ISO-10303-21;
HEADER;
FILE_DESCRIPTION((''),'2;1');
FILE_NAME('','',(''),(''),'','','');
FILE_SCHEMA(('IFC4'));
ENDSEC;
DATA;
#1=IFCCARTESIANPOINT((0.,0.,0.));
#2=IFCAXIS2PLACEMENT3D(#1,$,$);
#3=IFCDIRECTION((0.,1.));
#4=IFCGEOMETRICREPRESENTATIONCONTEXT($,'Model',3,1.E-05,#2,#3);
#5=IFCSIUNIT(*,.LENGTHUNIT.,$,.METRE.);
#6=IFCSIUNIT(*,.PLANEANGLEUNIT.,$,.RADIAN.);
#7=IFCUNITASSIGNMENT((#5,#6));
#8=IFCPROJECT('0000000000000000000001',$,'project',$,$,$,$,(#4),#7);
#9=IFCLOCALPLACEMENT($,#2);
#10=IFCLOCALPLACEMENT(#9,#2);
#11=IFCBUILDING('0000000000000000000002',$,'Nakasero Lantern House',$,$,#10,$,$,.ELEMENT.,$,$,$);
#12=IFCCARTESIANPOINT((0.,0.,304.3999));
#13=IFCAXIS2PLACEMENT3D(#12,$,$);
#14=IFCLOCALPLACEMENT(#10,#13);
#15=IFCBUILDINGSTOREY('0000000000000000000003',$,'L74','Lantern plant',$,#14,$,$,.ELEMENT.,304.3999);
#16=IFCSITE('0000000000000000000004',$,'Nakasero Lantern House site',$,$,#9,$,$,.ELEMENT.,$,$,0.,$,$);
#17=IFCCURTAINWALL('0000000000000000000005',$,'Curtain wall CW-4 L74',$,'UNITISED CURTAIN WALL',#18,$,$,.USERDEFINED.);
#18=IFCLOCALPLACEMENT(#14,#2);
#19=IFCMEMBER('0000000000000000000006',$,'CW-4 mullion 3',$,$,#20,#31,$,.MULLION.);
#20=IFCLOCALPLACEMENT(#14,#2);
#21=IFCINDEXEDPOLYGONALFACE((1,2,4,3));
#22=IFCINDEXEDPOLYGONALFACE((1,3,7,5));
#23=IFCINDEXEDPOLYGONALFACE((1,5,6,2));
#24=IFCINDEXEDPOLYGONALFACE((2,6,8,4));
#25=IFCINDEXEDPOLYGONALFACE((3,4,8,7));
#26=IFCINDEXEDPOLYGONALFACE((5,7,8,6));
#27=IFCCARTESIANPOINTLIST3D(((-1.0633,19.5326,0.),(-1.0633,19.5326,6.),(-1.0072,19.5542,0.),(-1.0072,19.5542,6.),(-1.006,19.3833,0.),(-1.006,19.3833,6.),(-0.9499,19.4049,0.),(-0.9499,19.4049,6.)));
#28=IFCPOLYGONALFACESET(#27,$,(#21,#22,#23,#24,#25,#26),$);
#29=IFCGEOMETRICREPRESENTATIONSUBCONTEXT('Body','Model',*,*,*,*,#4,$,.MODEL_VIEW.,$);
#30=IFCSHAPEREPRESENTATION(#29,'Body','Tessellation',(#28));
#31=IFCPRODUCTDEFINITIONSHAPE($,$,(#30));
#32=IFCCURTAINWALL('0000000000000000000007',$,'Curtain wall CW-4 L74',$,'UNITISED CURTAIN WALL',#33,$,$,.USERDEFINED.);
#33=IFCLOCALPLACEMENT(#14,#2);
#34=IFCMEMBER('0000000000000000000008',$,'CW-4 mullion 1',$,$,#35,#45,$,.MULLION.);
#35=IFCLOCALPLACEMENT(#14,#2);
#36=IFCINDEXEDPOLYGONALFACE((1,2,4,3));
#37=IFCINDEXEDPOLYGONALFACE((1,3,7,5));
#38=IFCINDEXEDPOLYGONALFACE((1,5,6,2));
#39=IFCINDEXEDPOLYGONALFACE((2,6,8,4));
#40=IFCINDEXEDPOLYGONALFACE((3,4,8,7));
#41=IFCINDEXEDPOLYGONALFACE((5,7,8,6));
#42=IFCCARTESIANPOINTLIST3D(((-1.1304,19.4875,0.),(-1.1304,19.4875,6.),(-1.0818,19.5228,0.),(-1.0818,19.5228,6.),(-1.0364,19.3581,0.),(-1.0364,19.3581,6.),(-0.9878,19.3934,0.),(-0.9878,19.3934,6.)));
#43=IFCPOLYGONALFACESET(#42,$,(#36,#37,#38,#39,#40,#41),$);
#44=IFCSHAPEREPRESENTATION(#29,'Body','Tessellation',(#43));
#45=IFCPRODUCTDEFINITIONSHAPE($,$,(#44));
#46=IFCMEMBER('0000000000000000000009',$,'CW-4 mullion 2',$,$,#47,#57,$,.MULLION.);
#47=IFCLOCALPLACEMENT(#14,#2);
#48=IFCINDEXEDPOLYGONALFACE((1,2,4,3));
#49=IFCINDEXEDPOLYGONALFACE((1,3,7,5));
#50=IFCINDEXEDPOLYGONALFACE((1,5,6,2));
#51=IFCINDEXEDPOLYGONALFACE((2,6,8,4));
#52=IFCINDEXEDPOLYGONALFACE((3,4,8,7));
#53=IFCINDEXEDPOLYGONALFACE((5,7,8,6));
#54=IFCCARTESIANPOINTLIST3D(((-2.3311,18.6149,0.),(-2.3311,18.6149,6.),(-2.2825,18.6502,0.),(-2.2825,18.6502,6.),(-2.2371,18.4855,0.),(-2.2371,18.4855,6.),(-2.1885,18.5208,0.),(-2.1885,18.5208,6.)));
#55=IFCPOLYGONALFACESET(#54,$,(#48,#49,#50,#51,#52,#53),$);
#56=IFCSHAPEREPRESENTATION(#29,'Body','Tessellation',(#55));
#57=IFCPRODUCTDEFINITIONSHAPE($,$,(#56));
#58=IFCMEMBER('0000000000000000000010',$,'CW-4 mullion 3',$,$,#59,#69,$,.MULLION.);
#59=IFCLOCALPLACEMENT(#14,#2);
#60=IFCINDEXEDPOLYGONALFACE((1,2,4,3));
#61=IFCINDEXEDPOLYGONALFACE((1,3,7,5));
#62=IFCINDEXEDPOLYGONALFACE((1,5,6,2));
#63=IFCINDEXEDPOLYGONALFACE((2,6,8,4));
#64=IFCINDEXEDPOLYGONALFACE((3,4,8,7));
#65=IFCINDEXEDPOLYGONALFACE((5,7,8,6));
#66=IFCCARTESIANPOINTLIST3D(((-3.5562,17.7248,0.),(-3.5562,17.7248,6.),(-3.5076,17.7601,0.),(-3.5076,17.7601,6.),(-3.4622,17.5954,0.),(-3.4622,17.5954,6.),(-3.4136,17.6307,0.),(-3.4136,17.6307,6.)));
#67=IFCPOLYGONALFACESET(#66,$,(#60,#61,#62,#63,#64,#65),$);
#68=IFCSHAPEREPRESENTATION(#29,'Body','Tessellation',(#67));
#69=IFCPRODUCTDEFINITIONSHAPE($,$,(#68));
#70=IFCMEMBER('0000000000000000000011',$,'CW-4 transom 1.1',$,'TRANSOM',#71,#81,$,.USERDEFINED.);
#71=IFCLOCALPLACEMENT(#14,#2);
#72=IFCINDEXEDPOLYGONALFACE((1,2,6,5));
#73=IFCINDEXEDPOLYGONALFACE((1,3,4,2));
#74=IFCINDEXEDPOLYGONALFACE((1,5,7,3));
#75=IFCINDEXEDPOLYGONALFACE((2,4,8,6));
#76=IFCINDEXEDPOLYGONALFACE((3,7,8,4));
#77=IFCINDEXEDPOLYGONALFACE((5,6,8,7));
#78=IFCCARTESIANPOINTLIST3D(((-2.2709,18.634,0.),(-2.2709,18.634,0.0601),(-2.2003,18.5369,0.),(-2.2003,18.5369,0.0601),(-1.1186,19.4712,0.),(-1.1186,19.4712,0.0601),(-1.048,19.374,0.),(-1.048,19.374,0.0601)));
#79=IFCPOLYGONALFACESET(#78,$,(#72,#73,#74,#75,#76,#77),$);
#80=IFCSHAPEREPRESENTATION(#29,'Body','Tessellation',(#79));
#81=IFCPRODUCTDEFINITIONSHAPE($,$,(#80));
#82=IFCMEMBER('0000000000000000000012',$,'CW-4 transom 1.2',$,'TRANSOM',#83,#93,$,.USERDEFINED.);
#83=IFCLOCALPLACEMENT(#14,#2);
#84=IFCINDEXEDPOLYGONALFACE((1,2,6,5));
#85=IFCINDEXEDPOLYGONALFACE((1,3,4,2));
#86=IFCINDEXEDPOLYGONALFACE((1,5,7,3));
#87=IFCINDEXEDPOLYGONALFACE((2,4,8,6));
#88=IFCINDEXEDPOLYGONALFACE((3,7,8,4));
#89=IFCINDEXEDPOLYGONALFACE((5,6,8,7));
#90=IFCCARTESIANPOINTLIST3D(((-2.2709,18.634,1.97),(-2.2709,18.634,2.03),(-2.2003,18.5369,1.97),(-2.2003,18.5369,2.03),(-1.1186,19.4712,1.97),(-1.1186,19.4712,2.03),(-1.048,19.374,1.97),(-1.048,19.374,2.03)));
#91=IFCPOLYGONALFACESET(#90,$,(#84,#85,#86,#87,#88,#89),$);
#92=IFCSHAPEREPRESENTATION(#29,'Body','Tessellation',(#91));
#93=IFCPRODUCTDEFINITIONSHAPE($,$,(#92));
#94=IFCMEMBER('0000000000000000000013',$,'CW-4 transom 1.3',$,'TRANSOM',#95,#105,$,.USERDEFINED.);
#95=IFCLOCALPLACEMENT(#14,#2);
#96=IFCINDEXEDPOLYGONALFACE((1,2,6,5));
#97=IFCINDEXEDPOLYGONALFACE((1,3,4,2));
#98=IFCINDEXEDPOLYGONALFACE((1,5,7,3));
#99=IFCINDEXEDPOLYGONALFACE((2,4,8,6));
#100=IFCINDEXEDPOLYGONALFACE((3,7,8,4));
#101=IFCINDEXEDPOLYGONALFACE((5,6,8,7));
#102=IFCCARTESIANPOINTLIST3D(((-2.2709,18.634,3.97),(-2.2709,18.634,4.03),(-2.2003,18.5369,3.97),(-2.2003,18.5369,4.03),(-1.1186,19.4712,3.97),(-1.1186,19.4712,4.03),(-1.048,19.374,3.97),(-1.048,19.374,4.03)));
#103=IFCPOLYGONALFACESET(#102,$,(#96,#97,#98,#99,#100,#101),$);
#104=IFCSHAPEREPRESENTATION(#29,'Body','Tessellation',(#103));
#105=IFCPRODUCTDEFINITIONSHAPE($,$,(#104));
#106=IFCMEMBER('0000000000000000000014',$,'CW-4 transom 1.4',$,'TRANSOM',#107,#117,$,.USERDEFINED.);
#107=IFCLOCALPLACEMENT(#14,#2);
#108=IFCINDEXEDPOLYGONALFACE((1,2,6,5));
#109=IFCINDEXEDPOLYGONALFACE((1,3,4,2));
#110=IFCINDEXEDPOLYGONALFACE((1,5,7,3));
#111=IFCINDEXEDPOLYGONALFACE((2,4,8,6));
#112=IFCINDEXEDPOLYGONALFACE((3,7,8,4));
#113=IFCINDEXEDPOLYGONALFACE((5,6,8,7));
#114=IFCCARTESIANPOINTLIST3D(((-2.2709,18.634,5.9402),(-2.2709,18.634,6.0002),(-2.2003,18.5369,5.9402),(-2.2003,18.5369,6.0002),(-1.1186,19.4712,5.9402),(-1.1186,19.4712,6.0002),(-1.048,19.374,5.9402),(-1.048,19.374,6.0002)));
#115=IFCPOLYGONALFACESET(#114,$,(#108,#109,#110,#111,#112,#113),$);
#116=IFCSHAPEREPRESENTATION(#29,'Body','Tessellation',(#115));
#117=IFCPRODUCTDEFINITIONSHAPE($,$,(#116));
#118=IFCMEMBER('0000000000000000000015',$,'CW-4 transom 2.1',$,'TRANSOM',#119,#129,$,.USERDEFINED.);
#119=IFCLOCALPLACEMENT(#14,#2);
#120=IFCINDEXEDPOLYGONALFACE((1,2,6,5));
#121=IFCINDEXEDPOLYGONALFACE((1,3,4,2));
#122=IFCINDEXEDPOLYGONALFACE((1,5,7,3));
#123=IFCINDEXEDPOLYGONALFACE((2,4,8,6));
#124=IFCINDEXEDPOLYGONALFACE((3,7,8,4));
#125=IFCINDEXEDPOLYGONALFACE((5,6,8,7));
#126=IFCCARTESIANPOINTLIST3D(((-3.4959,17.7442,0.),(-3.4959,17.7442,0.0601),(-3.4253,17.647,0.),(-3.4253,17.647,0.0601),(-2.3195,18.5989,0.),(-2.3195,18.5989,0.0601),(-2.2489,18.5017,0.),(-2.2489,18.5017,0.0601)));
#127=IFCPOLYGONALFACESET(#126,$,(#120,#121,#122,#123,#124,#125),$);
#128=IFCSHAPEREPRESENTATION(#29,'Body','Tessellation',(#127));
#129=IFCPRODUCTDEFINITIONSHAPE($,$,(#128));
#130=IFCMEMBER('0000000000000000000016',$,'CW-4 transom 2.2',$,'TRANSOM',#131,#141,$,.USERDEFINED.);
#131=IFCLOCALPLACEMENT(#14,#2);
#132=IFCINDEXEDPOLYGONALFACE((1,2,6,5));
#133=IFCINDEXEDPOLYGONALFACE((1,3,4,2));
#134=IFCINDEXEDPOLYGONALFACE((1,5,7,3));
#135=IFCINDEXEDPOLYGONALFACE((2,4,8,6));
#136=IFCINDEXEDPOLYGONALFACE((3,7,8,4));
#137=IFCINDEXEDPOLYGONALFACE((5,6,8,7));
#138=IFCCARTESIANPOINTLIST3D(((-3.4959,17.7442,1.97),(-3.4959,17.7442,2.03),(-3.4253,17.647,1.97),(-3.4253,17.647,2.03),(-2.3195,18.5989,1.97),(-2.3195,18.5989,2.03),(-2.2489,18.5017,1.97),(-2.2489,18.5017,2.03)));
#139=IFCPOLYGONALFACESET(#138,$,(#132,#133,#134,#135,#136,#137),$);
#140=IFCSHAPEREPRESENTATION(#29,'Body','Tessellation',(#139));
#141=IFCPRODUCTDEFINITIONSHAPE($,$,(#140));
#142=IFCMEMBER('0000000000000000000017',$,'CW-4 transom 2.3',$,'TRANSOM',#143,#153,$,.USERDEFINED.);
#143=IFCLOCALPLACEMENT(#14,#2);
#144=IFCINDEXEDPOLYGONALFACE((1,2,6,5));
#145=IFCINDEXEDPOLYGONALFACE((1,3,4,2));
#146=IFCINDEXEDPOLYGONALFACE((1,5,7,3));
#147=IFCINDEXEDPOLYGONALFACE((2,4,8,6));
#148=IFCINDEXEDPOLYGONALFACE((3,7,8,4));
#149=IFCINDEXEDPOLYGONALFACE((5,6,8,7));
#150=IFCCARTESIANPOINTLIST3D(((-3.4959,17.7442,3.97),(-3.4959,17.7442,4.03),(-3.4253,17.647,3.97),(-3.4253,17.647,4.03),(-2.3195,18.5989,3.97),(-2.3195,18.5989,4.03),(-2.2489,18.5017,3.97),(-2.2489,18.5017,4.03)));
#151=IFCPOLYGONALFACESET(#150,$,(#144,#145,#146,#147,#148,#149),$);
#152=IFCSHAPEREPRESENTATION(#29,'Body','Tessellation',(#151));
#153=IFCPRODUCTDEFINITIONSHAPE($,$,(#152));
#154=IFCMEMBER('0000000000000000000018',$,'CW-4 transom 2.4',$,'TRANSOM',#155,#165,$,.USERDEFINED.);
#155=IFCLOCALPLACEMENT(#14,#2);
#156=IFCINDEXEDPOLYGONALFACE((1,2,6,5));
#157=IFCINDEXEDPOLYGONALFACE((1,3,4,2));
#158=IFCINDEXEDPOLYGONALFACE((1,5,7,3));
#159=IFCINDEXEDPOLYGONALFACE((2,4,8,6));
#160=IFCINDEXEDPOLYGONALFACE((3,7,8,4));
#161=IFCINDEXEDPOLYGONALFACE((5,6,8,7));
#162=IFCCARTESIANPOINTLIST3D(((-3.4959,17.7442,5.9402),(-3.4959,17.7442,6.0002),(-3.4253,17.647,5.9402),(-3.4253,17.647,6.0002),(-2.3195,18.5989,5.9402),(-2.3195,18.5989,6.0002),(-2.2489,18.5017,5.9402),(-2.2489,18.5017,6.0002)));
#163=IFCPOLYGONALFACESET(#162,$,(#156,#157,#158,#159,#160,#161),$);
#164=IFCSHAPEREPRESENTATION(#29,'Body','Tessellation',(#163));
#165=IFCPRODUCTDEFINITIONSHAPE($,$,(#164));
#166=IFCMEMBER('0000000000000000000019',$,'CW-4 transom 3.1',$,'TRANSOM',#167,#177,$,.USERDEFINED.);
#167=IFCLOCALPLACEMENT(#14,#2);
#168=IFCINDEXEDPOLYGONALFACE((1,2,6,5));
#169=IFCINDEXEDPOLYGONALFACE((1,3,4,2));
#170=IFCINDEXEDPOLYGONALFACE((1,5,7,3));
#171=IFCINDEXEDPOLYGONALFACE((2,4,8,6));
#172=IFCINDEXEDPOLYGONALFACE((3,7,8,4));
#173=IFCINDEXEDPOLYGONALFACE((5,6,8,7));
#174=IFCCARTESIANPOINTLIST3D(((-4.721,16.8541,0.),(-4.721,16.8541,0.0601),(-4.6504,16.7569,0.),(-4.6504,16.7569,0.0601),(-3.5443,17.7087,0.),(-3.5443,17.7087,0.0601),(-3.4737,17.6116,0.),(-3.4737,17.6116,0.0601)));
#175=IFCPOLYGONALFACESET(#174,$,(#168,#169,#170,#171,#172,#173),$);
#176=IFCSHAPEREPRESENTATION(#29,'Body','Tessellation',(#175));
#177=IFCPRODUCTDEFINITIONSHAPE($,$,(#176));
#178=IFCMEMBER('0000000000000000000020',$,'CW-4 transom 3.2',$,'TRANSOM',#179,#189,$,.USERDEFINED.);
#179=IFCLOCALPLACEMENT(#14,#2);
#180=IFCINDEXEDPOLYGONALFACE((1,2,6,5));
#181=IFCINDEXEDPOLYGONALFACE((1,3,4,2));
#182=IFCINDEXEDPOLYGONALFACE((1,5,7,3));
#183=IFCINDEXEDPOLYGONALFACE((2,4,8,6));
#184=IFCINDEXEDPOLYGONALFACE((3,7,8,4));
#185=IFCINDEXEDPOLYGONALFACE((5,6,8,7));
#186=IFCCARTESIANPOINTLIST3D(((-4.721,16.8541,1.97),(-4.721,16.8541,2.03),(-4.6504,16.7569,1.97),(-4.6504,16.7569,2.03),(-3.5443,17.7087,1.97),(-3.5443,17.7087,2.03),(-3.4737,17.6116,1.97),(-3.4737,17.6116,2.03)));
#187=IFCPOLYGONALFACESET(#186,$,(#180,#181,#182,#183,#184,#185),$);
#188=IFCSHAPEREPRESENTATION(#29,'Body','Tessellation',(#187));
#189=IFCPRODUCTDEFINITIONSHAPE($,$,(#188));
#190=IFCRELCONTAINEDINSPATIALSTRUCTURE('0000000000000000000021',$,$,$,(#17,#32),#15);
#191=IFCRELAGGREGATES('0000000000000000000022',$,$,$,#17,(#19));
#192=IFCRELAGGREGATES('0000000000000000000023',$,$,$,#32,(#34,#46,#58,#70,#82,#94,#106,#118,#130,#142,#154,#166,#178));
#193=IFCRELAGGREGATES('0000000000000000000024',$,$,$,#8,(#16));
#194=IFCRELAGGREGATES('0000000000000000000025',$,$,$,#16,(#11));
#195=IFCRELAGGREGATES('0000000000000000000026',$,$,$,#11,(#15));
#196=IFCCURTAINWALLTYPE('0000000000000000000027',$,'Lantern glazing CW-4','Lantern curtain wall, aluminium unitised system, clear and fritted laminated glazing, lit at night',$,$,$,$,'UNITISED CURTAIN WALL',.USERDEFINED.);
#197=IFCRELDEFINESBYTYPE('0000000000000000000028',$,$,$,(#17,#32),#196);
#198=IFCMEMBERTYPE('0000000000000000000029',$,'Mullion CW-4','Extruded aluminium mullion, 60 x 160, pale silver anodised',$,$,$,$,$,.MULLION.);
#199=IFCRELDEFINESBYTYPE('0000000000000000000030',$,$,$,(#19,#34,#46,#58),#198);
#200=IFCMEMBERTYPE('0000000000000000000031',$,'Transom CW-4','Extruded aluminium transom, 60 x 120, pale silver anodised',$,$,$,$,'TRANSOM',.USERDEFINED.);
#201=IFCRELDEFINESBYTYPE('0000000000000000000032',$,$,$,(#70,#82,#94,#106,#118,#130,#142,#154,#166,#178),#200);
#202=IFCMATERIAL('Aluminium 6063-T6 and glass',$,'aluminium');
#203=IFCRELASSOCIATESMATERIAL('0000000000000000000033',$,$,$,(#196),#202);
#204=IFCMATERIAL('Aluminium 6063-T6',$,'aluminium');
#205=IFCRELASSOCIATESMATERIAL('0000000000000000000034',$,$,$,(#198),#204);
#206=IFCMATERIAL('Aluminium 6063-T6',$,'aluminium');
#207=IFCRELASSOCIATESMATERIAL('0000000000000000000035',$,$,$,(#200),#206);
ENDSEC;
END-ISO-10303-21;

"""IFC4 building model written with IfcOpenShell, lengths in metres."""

from ifc_helpers import new_model, si_unit, direction, frame, origin, origin_2d, place, context, subcontext, project, spatial, rectangle, extrude, material, material_profile, profile_set, type_object, element, aggregate, save


model = new_model("IFC4")

# Units and contexts
model_context = context("Model", 3, precision=1e-05, world=origin(), true_north=direction((0.0, 1.0)))
body_context = subcontext(model_context, "Body", "Model", "MODEL_VIEW")
ifc_project = project(units=[si_unit("LENGTHUNIT", "METRE"), si_unit("PLANEANGLEUNIT", "RADIAN")], contexts=[model_context])

# Site, building, storey
site_placement = place(None, origin())
site = spatial("IfcSite", under=ifc_project, at=site_placement, Name="Nakasero Lantern House site", CompositionType="ELEMENT", RefElevation=0.0)
building_placement = place(site_placement, origin())
building = spatial("IfcBuilding", under=site, at=building_placement, Name="Nakasero Lantern House", CompositionType="ELEMENT")
storey_placement = place(building_placement, frame((0.0, 0.0, 304.3999)))
storey = spatial("IfcBuildingStorey", under=building, at=storey_placement, Name="L74", Description="Lantern plant", CompositionType="ELEMENT", Elevation=304.3999)

# Curtain wall, member
ifc_material_1 = material(Name="Aluminium 6063-T6 and glass", Category="aluminium")
curtain_wall_type = type_object("IfcCurtainWallType", Name="Lantern glazing CW-4", Description="Lantern curtain wall, aluminium unitised system, clear and fritted laminated glazing, lit at night", ElementType="UNITISED CURTAIN WALL", PredefinedType="USERDEFINED", material=ifc_material_1)
curtain_wall_1_placement = place(storey_placement, origin())
curtain_wall_1 = element("IfcCurtainWall", 1, at=curtain_wall_1_placement, inside=storey, type_object=curtain_wall_type, Name="Curtain wall CW-4 L74", ObjectType="UNITISED CURTAIN WALL", PredefinedType="USERDEFINED")
ifc_material_2 = material(Name="Aluminium 6063-T6", Category="aluminium")
ifc_material_profile_1 = material_profile(ifc_material_2, rectangle(XDim=0.0601, YDim=0.1599, at=origin_2d()), Name="CW-4 mullion 60x160")
ifc_profile_set_1 = profile_set([ifc_material_profile_1], Name="Aluminium 6063-T6")
member_type_1 = type_object("IfcMemberType", Name="Mullion CW-4", Description="Extruded aluminium mullion, 60 x 160, pale silver anodised", PredefinedType="MULLION", material=ifc_profile_set_1)
member_1_placement = place(storey_placement, frame((-1.0066, 19.4688, 0.0), z_axis=(0.0, 0.0, 1.0), x_axis=(-0.93358, -0.358368, 0.0)))
member_1 = element("IfcMember", 2, at=member_1_placement, type_object=member_type_1, Name="CW-4 mullion 3", PredefinedType="MULLION", context=body_context, shape_type="SweptSolid", body=[
    extrude(rectangle(XDim=0.0601, YDim=0.1599, at=origin_2d()), origin(), (0.0, 0.0, 1.0), 6.0),
])

# Curtain wall, members
curtain_wall_2_placement = place(storey_placement, origin())
curtain_wall_2 = element("IfcCurtainWall", 3, at=curtain_wall_2_placement, inside=storey, type_object=curtain_wall_type, Name="Curtain wall CW-4 L74", ObjectType="UNITISED CURTAIN WALL", PredefinedType="USERDEFINED")
member_2_placement = place(storey_placement, frame((-1.0591, 19.4404, 0.0), z_axis=(0.0, 0.0, 1.0), x_axis=(-0.809017, -0.587785, 0.0)))
member_2 = element("IfcMember", 4, at=member_2_placement, type_object=member_type_1, Name="CW-4 mullion 1", PredefinedType="MULLION", context=body_context, shape_type="SweptSolid", body=[
    extrude(rectangle(XDim=0.0601, YDim=0.1599, at=origin_2d()), origin(), (0.0, 0.0, 1.0), 6.0),
])
member_3_placement = place(storey_placement, frame((-2.2598, 18.5679, 0.0), z_axis=(0.0, 0.0, 1.0), x_axis=(-0.809017, -0.587785, 0.0)))
member_3 = element("IfcMember", 5, at=member_3_placement, type_object=member_type_1, Name="CW-4 mullion 2", PredefinedType="MULLION", context=body_context, shape_type="SweptSolid", body=[
    extrude(rectangle(XDim=0.0601, YDim=0.1599, at=origin_2d()), origin(), (0.0, 0.0, 1.0), 6.0),
])
member_4_placement = place(storey_placement, frame((-3.4849, 17.6777, 0.0), z_axis=(0.0, 0.0, 1.0), x_axis=(-0.809017, -0.587785, 0.0)))
member_4 = element("IfcMember", 6, at=member_4_placement, type_object=member_type_1, Name="CW-4 mullion 3", PredefinedType="MULLION", context=body_context, shape_type="SweptSolid", body=[
    extrude(rectangle(XDim=0.0601, YDim=0.1599, at=origin_2d()), origin(), (0.0, 0.0, 1.0), 6.0),
])
ifc_material_3 = material(Name="Aluminium 6063-T6", Category="aluminium")
ifc_material_profile_2 = material_profile(ifc_material_3, rectangle(XDim=0.0601, YDim=0.1201, at=origin_2d()), Name="CW-4 transom 60x120")
ifc_profile_set_2 = profile_set([ifc_material_profile_2], Name="Aluminium 6063-T6")
member_type_2 = type_object("IfcMemberType", Name="Transom CW-4", Description="Extruded aluminium transom, 60 x 120, pale silver anodised", ElementType="TRANSOM", PredefinedType="USERDEFINED", material=ifc_profile_set_2)
member_5_placement = place(storey_placement, frame((-1.0833, 19.4226, 0.03), z_axis=(-0.80904, -0.587754, 0.0), x_axis=(0.0, 0.0, 1.0)))
member_5 = element("IfcMember", 7, at=member_5_placement, type_object=member_type_2, Name="CW-4 transom 1.1", ObjectType="TRANSOM", PredefinedType="USERDEFINED", context=body_context, shape_type="SweptSolid", body=[
    extrude(rectangle(XDim=0.0601, YDim=0.1201, at=origin_2d()), origin(), (0.0, 0.0, 1.0), 1.4243),
])
member_6_placement = place(storey_placement, frame((-1.0833, 19.4226, 2.0), z_axis=(-0.80904, -0.587754, 0.0), x_axis=(0.0, 0.0, 1.0)))
member_6 = element("IfcMember", 8, at=member_6_placement, type_object=member_type_2, Name="CW-4 transom 1.2", ObjectType="TRANSOM", PredefinedType="USERDEFINED", context=body_context, shape_type="SweptSolid", body=[
    extrude(rectangle(XDim=0.0601, YDim=0.1201, at=origin_2d()), origin(), (0.0, 0.0, 1.0), 1.4243),
])
member_7_placement = place(storey_placement, frame((-1.0833, 19.4226, 4.0), z_axis=(-0.80904, -0.587754, 0.0), x_axis=(0.0, 0.0, 1.0)))
member_7 = element("IfcMember", 9, at=member_7_placement, type_object=member_type_2, Name="CW-4 transom 1.3", ObjectType="TRANSOM", PredefinedType="USERDEFINED", context=body_context, shape_type="SweptSolid", body=[
    extrude(rectangle(XDim=0.0601, YDim=0.1201, at=origin_2d()), origin(), (0.0, 0.0, 1.0), 1.4243),
])
member_8_placement = place(storey_placement, frame((-1.0833, 19.4226, 5.9702), z_axis=(-0.80904, -0.587754, 0.0), x_axis=(0.0, 0.0, 1.0)))
member_8 = element("IfcMember", 10, at=member_8_placement, type_object=member_type_2, Name="CW-4 transom 1.4", ObjectType="TRANSOM", PredefinedType="USERDEFINED", context=body_context, shape_type="SweptSolid", body=[
    extrude(rectangle(XDim=0.0601, YDim=0.1201, at=origin_2d()), origin(), (0.0, 0.0, 1.0), 1.4243),
])
member_9_placement = place(storey_placement, frame((-2.2842, 18.5503, 0.03), z_axis=(-0.809034, -0.587762, 0.0), x_axis=(0.0, 0.0, 1.0)))
member_9 = element("IfcMember", 11, at=member_9_placement, type_object=member_type_2, Name="CW-4 transom 2.1", ObjectType="TRANSOM", PredefinedType="USERDEFINED", context=body_context, shape_type="SweptSolid", body=[
    extrude(rectangle(XDim=0.0601, YDim=0.1201, at=origin_2d()), origin(), (0.0, 0.0, 1.0), 1.4541),
])
member_10_placement = place(storey_placement, frame((-2.2842, 18.5503, 2.0), z_axis=(-0.809034, -0.587762, 0.0), x_axis=(0.0, 0.0, 1.0)))
member_10 = element("IfcMember", 12, at=member_10_placement, type_object=member_type_2, Name="CW-4 transom 2.2", ObjectType="TRANSOM", PredefinedType="USERDEFINED", context=body_context, shape_type="SweptSolid", body=[
    extrude(rectangle(XDim=0.0601, YDim=0.1201, at=origin_2d()), origin(), (0.0, 0.0, 1.0), 1.4541),
])
member_11_placement = place(storey_placement, frame((-2.2842, 18.5503, 4.0), z_axis=(-0.809034, -0.587762, 0.0), x_axis=(0.0, 0.0, 1.0)))
member_11 = element("IfcMember", 13, at=member_11_placement, type_object=member_type_2, Name="CW-4 transom 2.3", ObjectType="TRANSOM", PredefinedType="USERDEFINED", context=body_context, shape_type="SweptSolid", body=[
    extrude(rectangle(XDim=0.0601, YDim=0.1201, at=origin_2d()), origin(), (0.0, 0.0, 1.0), 1.4541),
])
member_12_placement = place(storey_placement, frame((-2.2842, 18.5503, 5.9702), z_axis=(-0.809034, -0.587762, 0.0), x_axis=(0.0, 0.0, 1.0)))
member_12 = element("IfcMember", 14, at=member_12_placement, type_object=member_type_2, Name="CW-4 transom 2.4", ObjectType="TRANSOM", PredefinedType="USERDEFINED", context=body_context, shape_type="SweptSolid", body=[
    extrude(rectangle(XDim=0.0601, YDim=0.1201, at=origin_2d()), origin(), (0.0, 0.0, 1.0), 1.4541),
])
member_13_placement = place(storey_placement, frame((-3.509, 17.6602, 0.03), z_axis=(-0.809092, -0.587683, 0.0), x_axis=(0.0, 0.0, 1.0)))
member_13 = element("IfcMember", 15, at=member_13_placement, type_object=member_type_2, Name="CW-4 transom 3.1", ObjectType="TRANSOM", PredefinedType="USERDEFINED", context=body_context, shape_type="SweptSolid", body=[
    extrude(rectangle(XDim=0.0601, YDim=0.1201, at=origin_2d()), origin(), (0.0, 0.0, 1.0), 1.4543),
])
member_14_placement = place(storey_placement, frame((-3.509, 17.6602, 2.0), z_axis=(-0.809092, -0.587683, 0.0), x_axis=(0.0, 0.0, 1.0)))
member_14 = element("IfcMember", 16, at=member_14_placement, type_object=member_type_2, Name="CW-4 transom 3.2", ObjectType="TRANSOM", PredefinedType="USERDEFINED", context=body_context, shape_type="SweptSolid", body=[
    extrude(rectangle(XDim=0.0601, YDim=0.1201, at=origin_2d()), origin(), (0.0, 0.0, 1.0), 1.4543),
])

aggregate(curtain_wall_1, [member_1])
aggregate(curtain_wall_2, [member_2, member_3, member_4, member_5, member_6, member_7, member_8, member_9, member_10, member_11, member_12, member_13, member_14])

save(model, "model.ifc")
